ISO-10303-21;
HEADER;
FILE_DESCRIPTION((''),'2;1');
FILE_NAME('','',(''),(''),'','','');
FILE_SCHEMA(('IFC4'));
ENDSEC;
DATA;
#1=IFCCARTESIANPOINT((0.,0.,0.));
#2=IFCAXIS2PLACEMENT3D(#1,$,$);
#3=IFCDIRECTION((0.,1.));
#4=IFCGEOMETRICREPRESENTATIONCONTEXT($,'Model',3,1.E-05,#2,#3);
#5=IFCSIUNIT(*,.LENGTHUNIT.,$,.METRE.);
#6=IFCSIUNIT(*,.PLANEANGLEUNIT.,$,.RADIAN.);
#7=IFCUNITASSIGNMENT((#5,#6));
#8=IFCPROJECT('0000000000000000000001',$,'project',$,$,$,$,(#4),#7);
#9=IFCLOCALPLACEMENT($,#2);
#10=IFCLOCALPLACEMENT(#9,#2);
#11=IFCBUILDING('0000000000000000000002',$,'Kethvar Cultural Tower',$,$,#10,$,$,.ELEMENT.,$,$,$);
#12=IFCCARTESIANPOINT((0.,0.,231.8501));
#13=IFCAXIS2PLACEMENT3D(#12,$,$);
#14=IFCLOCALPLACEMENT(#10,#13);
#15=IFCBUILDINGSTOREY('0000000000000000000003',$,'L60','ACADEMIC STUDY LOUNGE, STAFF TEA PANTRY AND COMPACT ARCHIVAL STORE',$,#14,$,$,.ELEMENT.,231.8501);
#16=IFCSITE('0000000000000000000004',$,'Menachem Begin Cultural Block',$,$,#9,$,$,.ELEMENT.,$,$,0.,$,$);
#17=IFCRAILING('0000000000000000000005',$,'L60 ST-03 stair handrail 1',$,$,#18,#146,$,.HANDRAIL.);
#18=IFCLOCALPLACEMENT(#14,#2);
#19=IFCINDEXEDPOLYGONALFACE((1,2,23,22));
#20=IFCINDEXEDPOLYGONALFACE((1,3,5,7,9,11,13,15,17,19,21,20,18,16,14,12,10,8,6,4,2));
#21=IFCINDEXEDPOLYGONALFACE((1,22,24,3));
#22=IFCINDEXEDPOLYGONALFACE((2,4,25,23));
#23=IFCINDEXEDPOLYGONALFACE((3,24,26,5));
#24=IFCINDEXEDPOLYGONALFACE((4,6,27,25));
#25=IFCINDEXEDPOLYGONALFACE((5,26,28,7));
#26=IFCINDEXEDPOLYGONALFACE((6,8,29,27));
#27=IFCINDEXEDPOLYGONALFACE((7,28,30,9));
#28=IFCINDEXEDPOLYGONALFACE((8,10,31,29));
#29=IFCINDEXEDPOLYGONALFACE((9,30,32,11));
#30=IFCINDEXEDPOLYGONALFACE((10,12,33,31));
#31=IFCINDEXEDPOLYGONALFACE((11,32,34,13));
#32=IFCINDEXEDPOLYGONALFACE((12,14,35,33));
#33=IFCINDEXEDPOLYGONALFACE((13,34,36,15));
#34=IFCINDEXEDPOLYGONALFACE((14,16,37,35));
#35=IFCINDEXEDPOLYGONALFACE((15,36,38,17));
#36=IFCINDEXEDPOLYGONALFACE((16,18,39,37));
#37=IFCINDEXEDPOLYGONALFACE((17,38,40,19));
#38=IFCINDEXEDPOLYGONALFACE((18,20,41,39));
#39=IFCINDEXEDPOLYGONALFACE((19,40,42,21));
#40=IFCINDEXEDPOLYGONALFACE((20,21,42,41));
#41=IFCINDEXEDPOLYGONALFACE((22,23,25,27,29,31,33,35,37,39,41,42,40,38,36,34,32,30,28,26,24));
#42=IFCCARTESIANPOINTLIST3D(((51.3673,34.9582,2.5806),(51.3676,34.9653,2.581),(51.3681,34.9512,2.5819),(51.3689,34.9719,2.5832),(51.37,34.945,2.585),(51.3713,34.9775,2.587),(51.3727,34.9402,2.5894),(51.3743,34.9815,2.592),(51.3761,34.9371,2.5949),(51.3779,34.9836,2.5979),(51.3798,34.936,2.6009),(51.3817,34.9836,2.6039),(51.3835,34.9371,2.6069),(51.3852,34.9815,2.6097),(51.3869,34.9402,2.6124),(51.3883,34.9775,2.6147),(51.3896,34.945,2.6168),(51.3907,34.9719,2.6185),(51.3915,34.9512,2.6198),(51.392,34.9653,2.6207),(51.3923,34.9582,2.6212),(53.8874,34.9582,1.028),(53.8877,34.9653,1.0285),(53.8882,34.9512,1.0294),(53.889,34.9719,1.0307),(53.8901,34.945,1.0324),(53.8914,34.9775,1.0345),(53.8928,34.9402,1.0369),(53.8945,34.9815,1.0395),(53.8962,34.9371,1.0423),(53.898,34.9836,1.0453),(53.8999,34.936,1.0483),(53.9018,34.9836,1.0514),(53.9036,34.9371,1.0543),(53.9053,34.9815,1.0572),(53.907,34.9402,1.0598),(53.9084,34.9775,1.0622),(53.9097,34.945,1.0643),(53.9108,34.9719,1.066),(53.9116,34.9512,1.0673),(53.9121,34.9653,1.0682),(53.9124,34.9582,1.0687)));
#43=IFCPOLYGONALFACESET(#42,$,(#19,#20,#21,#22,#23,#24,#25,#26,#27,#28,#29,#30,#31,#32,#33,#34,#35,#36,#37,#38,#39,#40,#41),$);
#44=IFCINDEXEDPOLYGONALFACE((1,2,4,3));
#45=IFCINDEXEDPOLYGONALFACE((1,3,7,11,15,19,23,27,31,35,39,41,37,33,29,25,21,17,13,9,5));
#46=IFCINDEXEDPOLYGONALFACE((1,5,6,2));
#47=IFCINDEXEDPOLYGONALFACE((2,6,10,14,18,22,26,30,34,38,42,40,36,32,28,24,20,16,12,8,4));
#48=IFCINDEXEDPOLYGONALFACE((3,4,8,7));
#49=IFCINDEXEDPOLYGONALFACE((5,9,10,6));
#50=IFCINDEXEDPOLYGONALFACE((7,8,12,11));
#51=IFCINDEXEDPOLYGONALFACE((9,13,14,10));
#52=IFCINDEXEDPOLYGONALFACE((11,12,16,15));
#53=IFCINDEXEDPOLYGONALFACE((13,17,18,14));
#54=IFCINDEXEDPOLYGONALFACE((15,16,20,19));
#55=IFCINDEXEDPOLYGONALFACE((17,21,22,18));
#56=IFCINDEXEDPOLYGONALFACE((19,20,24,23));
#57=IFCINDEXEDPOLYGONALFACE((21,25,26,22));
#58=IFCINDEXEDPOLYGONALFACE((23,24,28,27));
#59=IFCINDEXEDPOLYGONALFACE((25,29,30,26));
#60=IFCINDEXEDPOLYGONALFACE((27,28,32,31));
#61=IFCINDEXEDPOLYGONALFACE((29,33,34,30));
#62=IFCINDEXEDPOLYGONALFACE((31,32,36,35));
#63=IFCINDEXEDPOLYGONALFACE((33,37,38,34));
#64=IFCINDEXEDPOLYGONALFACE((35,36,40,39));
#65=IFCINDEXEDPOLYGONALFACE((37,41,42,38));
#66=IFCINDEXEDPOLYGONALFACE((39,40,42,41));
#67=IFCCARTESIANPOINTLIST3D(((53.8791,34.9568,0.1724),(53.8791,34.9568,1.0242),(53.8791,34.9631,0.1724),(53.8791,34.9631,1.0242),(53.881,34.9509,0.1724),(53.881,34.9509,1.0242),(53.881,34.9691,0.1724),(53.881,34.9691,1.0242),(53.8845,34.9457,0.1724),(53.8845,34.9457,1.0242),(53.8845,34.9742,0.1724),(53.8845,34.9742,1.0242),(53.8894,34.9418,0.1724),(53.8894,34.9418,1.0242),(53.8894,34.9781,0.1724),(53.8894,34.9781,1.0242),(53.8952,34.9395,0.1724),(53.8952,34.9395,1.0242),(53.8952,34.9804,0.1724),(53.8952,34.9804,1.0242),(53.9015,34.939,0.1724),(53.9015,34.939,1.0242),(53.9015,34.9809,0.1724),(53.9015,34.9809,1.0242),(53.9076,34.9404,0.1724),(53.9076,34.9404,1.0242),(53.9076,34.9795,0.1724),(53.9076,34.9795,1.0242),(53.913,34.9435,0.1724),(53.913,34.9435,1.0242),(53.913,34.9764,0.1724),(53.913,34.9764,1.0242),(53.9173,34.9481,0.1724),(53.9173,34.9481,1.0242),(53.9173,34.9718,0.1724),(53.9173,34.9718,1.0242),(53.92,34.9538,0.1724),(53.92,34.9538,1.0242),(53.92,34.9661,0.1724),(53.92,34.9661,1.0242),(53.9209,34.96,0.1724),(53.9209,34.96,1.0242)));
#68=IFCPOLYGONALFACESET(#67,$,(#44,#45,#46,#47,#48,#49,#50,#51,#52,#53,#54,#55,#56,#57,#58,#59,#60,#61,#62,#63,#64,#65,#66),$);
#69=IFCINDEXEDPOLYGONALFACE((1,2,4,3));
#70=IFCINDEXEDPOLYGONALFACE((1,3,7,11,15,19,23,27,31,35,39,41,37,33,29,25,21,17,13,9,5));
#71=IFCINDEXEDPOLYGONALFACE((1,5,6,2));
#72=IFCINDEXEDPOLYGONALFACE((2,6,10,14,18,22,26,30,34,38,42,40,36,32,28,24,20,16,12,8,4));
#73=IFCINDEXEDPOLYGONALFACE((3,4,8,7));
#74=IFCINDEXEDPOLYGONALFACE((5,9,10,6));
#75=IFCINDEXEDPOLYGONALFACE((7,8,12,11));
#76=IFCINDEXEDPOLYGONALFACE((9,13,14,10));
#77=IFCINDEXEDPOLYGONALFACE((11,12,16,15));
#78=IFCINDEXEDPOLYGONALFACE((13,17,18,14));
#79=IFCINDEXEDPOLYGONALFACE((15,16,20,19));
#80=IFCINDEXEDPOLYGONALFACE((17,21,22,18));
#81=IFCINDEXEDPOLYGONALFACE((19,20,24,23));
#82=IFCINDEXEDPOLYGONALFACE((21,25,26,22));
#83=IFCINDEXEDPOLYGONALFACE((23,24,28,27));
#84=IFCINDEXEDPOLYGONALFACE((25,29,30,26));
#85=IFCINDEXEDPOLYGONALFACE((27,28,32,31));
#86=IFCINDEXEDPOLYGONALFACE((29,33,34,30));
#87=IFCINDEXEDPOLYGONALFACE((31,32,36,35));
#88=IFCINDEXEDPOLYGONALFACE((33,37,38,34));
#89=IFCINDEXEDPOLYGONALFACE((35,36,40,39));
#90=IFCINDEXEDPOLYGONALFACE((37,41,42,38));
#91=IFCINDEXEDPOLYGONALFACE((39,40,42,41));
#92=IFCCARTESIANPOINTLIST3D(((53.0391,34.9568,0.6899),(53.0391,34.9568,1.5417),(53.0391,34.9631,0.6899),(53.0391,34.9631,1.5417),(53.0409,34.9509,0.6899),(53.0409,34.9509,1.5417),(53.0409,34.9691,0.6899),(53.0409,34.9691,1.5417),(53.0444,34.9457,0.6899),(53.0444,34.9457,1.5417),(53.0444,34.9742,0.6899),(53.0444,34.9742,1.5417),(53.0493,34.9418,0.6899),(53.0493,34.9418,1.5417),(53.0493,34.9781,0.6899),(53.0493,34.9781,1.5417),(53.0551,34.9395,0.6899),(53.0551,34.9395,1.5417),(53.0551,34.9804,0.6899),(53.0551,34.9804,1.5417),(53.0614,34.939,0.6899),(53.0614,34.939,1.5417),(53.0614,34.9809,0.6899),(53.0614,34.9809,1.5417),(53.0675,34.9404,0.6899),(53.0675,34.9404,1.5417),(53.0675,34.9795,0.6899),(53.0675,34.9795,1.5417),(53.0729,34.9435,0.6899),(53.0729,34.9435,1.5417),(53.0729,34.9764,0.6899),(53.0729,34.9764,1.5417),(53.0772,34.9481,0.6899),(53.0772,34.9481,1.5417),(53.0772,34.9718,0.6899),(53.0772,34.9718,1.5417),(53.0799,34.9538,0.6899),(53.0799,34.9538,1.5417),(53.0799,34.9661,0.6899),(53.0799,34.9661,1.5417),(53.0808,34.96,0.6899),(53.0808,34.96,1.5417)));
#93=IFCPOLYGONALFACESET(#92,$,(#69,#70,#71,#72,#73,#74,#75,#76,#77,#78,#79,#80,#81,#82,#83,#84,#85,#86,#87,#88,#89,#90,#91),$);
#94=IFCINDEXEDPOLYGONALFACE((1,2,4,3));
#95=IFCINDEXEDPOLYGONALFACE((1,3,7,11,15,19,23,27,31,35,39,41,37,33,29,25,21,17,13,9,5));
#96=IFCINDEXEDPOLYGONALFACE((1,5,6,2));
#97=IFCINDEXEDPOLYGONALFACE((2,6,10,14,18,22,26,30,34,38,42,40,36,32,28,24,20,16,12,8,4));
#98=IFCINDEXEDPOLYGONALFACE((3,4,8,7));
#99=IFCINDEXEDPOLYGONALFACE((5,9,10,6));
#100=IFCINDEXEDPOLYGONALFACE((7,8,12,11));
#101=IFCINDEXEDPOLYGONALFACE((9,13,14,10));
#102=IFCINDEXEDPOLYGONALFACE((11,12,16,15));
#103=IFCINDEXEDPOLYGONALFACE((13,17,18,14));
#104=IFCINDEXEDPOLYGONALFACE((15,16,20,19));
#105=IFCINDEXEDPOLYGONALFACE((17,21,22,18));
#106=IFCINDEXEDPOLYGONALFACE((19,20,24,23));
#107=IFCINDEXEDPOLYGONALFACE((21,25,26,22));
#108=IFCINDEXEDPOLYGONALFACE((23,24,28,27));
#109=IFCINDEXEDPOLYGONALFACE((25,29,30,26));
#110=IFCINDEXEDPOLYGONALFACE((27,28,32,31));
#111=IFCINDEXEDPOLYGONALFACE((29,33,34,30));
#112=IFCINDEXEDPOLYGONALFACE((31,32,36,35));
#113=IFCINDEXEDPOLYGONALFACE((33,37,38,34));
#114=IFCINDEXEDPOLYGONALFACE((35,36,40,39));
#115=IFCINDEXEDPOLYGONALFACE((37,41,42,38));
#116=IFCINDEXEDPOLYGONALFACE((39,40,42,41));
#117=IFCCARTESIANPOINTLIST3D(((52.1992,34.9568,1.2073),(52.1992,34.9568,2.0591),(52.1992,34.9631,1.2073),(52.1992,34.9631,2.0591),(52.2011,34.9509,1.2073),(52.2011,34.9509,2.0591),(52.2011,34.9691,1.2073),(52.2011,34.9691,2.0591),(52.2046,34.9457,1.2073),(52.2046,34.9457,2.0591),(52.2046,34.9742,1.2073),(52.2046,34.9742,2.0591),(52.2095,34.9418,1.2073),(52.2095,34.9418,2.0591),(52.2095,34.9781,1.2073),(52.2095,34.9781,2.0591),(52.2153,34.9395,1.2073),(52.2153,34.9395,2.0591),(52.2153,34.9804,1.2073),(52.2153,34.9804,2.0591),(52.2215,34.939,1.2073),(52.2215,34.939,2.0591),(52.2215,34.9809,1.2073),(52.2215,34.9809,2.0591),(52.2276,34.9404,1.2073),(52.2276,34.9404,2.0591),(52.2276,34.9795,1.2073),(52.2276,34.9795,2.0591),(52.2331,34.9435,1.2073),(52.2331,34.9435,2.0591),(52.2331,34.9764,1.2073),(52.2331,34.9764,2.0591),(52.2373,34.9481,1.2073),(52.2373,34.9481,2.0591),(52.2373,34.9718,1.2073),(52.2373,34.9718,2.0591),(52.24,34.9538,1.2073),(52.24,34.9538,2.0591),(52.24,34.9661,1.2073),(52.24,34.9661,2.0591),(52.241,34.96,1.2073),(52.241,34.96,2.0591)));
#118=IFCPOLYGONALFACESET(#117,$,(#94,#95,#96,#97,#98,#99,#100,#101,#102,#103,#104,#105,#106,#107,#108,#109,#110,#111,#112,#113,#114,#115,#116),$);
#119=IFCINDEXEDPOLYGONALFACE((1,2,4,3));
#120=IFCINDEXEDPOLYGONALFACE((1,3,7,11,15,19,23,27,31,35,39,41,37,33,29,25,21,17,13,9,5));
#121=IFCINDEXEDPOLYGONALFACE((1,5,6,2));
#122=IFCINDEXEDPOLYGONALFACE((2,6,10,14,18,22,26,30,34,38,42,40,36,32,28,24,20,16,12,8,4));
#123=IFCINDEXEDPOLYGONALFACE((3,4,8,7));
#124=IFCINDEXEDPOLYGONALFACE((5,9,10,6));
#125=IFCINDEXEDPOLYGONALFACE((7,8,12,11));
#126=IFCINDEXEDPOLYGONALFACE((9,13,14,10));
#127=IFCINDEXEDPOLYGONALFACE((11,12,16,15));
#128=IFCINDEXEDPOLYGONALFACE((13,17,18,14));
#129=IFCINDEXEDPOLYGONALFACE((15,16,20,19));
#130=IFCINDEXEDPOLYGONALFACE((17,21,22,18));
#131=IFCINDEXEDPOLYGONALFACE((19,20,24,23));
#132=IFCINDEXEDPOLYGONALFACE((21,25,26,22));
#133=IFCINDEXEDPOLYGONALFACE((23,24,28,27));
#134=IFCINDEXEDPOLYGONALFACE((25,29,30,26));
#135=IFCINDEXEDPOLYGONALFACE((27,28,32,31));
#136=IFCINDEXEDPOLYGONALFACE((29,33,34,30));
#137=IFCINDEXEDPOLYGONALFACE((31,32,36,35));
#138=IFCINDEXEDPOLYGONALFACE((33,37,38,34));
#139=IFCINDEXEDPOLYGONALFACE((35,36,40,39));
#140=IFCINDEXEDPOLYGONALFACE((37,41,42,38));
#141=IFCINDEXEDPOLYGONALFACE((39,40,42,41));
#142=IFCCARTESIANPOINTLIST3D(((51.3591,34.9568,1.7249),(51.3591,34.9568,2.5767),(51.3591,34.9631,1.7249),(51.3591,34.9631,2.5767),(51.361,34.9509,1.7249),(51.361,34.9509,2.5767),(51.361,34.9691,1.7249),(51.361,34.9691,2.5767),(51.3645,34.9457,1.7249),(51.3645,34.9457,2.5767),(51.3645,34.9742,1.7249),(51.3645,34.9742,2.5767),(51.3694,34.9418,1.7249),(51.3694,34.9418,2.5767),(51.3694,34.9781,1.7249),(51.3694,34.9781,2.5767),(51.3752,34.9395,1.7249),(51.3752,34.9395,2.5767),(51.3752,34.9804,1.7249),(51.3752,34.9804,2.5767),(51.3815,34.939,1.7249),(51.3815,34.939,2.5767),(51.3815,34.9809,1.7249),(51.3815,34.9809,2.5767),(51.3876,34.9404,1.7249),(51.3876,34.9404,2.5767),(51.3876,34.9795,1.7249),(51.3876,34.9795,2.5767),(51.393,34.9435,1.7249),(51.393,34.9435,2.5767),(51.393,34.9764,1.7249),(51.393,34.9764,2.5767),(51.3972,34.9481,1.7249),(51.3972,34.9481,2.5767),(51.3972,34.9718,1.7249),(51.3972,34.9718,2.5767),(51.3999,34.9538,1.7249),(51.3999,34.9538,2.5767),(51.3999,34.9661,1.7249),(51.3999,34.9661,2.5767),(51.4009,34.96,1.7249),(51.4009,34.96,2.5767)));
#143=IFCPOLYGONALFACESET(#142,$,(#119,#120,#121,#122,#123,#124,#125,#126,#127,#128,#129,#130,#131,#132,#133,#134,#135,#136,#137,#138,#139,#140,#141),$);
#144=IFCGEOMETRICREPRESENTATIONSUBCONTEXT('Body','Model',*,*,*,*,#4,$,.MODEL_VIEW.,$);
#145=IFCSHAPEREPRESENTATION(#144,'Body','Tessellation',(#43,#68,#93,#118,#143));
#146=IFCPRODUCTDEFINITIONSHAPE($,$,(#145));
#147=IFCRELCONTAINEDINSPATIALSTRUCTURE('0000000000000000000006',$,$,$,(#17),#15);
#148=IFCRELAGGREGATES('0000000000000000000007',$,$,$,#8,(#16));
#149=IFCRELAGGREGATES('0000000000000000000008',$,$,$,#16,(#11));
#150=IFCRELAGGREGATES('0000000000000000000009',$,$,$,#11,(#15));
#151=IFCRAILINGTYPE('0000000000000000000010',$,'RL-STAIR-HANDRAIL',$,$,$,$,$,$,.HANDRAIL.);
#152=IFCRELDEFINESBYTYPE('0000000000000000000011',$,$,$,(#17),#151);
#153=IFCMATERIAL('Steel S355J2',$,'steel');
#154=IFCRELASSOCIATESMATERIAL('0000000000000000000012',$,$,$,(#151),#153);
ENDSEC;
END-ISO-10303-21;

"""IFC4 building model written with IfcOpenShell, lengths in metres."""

from ifc_helpers import new_model, si_unit, direction, frame, origin, origin_2d, place, context, subcontext, project, spatial, circle, extrude, material, type_object, element, save


model = new_model("IFC4")

# Units and contexts
model_context = context("Model", 3, precision=1e-05, world=origin(), true_north=direction((0.0, 1.0)))
body_context = subcontext(model_context, "Body", "Model", "MODEL_VIEW")
ifc_project = project(units=[si_unit("LENGTHUNIT", "METRE"), si_unit("PLANEANGLEUNIT", "RADIAN")], contexts=[model_context])

# Site, building, storey
site_placement = place(None, origin())
site = spatial("IfcSite", under=ifc_project, at=site_placement, Name="Menachem Begin Cultural Block", CompositionType="ELEMENT", RefElevation=0.0)
building_placement = place(site_placement, origin())
building = spatial("IfcBuilding", under=site, at=building_placement, Name="Kethvar Cultural Tower", CompositionType="ELEMENT")
storey_placement = place(building_placement, frame((0.0, 0.0, 231.8501)))
storey = spatial("IfcBuildingStorey", under=building, at=storey_placement, Name="L60", Description="ACADEMIC STUDY LOUNGE, STAFF TEA PANTRY AND COMPACT ARCHIVAL STORE", CompositionType="ELEMENT", Elevation=231.8501)

# Shared definitions
ifc_material_1 = material(Name="Steel S355J2", Category="steel")

# Railing
railing_type_1 = type_object("IfcRailingType", Name="RL-STAIR-HANDRAIL", PredefinedType="HANDRAIL", material=ifc_material_1)
railing_1_placement = place(storey_placement, frame((53.8999, 34.96, 0.1724)))
element("IfcRailing", 1, at=railing_1_placement, inside=storey, type_object=railing_type_1, Name="L60 ST-03 stair handrail 1", PredefinedType="HANDRAIL", context=body_context, shape_type="SweptSolid", body=[
    extrude(circle(Radius=0.0239, at=origin_2d()), frame((0.0, 0.0, 0.876), z_axis=(-0.8514, 0.0, 0.524516), x_axis=(0.0, -1.0, 0.0)), (0.0, 0.0, 1.0), 2.96),
    extrude(circle(Radius=0.021, at=origin_2d()), origin(), (0.0, 0.0, 1.0), 0.8518),
    extrude(circle(Radius=0.021, at=origin_2d()), frame((-0.8401, 0.0, 0.5176)), (0.0, 0.0, 1.0), 0.8518),
    extrude(circle(Radius=0.021, at=origin_2d()), frame((-1.6799, 0.0, 1.0349)), (0.0, 0.0, 1.0), 0.8518),
    extrude(circle(Radius=0.021, at=origin_2d()), frame((-2.52, 0.0, 1.5525)), (0.0, 0.0, 1.0), 0.8518),
])

save(model, "model.ifc")
